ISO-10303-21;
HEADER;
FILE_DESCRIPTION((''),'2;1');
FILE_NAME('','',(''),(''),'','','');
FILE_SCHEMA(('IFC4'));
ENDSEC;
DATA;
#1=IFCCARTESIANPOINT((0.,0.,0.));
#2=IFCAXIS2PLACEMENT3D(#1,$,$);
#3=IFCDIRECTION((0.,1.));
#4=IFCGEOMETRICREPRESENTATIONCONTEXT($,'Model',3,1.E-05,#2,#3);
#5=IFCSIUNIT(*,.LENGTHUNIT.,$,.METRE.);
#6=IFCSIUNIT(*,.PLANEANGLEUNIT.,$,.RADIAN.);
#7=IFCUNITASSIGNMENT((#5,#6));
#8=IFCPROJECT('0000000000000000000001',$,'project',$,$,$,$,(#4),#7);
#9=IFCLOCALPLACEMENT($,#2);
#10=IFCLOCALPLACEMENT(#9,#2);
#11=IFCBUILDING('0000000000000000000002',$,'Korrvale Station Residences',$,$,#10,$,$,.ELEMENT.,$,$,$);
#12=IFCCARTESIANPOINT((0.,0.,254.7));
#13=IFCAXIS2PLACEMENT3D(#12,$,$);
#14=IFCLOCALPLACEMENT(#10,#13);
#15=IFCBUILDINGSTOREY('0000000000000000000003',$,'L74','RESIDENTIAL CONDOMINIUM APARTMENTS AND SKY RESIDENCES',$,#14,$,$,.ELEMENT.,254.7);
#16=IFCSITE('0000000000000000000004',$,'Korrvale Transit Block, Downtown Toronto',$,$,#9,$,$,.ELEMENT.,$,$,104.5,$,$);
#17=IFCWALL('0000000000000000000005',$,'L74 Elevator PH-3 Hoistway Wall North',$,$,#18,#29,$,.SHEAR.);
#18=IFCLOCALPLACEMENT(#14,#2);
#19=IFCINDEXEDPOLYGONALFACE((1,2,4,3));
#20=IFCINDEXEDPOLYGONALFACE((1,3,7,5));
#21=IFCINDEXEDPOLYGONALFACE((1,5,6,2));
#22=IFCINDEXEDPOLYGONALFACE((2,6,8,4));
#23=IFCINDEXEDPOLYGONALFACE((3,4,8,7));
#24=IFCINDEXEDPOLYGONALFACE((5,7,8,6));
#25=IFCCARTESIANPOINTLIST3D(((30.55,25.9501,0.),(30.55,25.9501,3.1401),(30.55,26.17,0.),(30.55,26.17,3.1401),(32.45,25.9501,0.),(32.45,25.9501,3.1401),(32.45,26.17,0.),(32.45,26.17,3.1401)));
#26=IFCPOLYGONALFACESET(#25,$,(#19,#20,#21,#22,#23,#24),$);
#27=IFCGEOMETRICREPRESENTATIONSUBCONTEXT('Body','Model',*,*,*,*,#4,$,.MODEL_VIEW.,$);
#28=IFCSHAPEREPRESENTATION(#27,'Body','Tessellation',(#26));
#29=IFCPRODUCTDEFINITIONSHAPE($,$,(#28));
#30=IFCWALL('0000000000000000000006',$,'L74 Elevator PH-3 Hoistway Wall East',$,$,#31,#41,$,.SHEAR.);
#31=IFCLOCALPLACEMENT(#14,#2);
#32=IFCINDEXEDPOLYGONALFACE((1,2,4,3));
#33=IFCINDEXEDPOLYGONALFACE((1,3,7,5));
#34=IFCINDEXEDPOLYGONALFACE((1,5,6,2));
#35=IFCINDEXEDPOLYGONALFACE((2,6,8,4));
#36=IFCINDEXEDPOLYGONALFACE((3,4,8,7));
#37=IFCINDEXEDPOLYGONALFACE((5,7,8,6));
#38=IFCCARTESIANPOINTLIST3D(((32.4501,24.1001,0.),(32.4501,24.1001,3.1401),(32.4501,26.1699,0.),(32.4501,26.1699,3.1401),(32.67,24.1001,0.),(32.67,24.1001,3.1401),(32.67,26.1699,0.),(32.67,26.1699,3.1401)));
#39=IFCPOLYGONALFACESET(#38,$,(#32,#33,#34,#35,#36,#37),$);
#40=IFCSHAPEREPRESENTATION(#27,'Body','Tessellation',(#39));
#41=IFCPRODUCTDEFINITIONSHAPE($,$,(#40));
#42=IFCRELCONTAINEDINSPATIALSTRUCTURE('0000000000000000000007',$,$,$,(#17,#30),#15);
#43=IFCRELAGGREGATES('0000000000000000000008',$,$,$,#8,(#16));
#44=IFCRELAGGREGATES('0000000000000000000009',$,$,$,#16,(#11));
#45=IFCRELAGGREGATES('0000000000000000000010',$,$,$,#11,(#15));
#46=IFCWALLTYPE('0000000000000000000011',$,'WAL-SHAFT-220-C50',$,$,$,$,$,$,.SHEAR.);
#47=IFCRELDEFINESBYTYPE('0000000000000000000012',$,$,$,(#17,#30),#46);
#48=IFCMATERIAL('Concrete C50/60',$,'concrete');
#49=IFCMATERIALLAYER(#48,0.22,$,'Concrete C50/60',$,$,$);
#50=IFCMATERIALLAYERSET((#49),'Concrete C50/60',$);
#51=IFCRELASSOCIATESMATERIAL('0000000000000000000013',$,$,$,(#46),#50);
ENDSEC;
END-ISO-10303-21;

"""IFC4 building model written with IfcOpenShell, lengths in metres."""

from ifc_helpers import new_model, si_unit, direction, frame, frame_2d, origin, place, context, subcontext, project, spatial, rectangle, extrude, material, layer, layer_set, type_object, element, save


model = new_model("IFC4")

# Units and contexts
model_context = context("Model", 3, precision=1e-05, world=origin(), true_north=direction((0.0, 1.0)))
body_context = subcontext(model_context, "Body", "Model", "MODEL_VIEW")
ifc_project = project(units=[si_unit("LENGTHUNIT", "METRE"), si_unit("PLANEANGLEUNIT", "RADIAN")], contexts=[model_context])

# Site, building, storey
site_placement = place(None, origin())
site = spatial("IfcSite", under=ifc_project, at=site_placement, Name="Korrvale Transit Block, Downtown Toronto", CompositionType="ELEMENT", RefElevation=104.5)
building_placement = place(site_placement, origin())
building = spatial("IfcBuilding", under=site, at=building_placement, Name="Korrvale Station Residences", CompositionType="ELEMENT")
storey_placement = place(building_placement, frame((0.0, 0.0, 254.7)))
storey = spatial("IfcBuildingStorey", under=building, at=storey_placement, Name="L74", Description="RESIDENTIAL CONDOMINIUM APARTMENTS AND SKY RESIDENCES", CompositionType="ELEMENT", Elevation=254.7)

# Shared definitions
ifc_material_1 = material(Name="Concrete C50/60", Category="concrete")

# Wall
ifc_layer_1 = layer(ifc_material_1, 0.22, Name="Concrete C50/60")
ifc_layer_set_1 = layer_set([ifc_layer_1], Name="Concrete C50/60")
wall_type_1 = type_object("IfcWallType", Name="WAL-SHAFT-220-C50", PredefinedType="SHEAR", material=ifc_layer_set_1)
wall_1_placement = place(storey_placement, frame((30.55, 26.0601, 0.0), z_axis=(0.0, 0.0, 1.0), x_axis=(1.0, 0.0, 0.0)))
element("IfcWall", 1, at=wall_1_placement, inside=storey, type_object=wall_type_1, Name="L74 Elevator PH-3 Hoistway Wall North", PredefinedType="SHEAR", context=body_context, shape_type="SweptSolid", body=[
    extrude(rectangle(XDim=1.8999, YDim=0.22, at=frame_2d((0.95, 0.0))), origin(), (0.0, 0.0, 1.0), 3.1401),
])

# Wall
wall_2_placement = place(storey_placement, frame((32.5601, 24.1001, 0.0), z_axis=(0.0, 0.0, 1.0), x_axis=(0.0, 1.0, 0.0)))
element("IfcWall", 2, at=wall_2_placement, inside=storey, type_object=wall_type_1, Name="L74 Elevator PH-3 Hoistway Wall East", PredefinedType="SHEAR", context=body_context, shape_type="SweptSolid", body=[
    extrude(rectangle(XDim=2.0698, YDim=0.22, at=frame_2d((1.0349, 0.0))), origin(), (0.0, 0.0, 1.0), 3.1401),
])

save(model, "model.ifc")
